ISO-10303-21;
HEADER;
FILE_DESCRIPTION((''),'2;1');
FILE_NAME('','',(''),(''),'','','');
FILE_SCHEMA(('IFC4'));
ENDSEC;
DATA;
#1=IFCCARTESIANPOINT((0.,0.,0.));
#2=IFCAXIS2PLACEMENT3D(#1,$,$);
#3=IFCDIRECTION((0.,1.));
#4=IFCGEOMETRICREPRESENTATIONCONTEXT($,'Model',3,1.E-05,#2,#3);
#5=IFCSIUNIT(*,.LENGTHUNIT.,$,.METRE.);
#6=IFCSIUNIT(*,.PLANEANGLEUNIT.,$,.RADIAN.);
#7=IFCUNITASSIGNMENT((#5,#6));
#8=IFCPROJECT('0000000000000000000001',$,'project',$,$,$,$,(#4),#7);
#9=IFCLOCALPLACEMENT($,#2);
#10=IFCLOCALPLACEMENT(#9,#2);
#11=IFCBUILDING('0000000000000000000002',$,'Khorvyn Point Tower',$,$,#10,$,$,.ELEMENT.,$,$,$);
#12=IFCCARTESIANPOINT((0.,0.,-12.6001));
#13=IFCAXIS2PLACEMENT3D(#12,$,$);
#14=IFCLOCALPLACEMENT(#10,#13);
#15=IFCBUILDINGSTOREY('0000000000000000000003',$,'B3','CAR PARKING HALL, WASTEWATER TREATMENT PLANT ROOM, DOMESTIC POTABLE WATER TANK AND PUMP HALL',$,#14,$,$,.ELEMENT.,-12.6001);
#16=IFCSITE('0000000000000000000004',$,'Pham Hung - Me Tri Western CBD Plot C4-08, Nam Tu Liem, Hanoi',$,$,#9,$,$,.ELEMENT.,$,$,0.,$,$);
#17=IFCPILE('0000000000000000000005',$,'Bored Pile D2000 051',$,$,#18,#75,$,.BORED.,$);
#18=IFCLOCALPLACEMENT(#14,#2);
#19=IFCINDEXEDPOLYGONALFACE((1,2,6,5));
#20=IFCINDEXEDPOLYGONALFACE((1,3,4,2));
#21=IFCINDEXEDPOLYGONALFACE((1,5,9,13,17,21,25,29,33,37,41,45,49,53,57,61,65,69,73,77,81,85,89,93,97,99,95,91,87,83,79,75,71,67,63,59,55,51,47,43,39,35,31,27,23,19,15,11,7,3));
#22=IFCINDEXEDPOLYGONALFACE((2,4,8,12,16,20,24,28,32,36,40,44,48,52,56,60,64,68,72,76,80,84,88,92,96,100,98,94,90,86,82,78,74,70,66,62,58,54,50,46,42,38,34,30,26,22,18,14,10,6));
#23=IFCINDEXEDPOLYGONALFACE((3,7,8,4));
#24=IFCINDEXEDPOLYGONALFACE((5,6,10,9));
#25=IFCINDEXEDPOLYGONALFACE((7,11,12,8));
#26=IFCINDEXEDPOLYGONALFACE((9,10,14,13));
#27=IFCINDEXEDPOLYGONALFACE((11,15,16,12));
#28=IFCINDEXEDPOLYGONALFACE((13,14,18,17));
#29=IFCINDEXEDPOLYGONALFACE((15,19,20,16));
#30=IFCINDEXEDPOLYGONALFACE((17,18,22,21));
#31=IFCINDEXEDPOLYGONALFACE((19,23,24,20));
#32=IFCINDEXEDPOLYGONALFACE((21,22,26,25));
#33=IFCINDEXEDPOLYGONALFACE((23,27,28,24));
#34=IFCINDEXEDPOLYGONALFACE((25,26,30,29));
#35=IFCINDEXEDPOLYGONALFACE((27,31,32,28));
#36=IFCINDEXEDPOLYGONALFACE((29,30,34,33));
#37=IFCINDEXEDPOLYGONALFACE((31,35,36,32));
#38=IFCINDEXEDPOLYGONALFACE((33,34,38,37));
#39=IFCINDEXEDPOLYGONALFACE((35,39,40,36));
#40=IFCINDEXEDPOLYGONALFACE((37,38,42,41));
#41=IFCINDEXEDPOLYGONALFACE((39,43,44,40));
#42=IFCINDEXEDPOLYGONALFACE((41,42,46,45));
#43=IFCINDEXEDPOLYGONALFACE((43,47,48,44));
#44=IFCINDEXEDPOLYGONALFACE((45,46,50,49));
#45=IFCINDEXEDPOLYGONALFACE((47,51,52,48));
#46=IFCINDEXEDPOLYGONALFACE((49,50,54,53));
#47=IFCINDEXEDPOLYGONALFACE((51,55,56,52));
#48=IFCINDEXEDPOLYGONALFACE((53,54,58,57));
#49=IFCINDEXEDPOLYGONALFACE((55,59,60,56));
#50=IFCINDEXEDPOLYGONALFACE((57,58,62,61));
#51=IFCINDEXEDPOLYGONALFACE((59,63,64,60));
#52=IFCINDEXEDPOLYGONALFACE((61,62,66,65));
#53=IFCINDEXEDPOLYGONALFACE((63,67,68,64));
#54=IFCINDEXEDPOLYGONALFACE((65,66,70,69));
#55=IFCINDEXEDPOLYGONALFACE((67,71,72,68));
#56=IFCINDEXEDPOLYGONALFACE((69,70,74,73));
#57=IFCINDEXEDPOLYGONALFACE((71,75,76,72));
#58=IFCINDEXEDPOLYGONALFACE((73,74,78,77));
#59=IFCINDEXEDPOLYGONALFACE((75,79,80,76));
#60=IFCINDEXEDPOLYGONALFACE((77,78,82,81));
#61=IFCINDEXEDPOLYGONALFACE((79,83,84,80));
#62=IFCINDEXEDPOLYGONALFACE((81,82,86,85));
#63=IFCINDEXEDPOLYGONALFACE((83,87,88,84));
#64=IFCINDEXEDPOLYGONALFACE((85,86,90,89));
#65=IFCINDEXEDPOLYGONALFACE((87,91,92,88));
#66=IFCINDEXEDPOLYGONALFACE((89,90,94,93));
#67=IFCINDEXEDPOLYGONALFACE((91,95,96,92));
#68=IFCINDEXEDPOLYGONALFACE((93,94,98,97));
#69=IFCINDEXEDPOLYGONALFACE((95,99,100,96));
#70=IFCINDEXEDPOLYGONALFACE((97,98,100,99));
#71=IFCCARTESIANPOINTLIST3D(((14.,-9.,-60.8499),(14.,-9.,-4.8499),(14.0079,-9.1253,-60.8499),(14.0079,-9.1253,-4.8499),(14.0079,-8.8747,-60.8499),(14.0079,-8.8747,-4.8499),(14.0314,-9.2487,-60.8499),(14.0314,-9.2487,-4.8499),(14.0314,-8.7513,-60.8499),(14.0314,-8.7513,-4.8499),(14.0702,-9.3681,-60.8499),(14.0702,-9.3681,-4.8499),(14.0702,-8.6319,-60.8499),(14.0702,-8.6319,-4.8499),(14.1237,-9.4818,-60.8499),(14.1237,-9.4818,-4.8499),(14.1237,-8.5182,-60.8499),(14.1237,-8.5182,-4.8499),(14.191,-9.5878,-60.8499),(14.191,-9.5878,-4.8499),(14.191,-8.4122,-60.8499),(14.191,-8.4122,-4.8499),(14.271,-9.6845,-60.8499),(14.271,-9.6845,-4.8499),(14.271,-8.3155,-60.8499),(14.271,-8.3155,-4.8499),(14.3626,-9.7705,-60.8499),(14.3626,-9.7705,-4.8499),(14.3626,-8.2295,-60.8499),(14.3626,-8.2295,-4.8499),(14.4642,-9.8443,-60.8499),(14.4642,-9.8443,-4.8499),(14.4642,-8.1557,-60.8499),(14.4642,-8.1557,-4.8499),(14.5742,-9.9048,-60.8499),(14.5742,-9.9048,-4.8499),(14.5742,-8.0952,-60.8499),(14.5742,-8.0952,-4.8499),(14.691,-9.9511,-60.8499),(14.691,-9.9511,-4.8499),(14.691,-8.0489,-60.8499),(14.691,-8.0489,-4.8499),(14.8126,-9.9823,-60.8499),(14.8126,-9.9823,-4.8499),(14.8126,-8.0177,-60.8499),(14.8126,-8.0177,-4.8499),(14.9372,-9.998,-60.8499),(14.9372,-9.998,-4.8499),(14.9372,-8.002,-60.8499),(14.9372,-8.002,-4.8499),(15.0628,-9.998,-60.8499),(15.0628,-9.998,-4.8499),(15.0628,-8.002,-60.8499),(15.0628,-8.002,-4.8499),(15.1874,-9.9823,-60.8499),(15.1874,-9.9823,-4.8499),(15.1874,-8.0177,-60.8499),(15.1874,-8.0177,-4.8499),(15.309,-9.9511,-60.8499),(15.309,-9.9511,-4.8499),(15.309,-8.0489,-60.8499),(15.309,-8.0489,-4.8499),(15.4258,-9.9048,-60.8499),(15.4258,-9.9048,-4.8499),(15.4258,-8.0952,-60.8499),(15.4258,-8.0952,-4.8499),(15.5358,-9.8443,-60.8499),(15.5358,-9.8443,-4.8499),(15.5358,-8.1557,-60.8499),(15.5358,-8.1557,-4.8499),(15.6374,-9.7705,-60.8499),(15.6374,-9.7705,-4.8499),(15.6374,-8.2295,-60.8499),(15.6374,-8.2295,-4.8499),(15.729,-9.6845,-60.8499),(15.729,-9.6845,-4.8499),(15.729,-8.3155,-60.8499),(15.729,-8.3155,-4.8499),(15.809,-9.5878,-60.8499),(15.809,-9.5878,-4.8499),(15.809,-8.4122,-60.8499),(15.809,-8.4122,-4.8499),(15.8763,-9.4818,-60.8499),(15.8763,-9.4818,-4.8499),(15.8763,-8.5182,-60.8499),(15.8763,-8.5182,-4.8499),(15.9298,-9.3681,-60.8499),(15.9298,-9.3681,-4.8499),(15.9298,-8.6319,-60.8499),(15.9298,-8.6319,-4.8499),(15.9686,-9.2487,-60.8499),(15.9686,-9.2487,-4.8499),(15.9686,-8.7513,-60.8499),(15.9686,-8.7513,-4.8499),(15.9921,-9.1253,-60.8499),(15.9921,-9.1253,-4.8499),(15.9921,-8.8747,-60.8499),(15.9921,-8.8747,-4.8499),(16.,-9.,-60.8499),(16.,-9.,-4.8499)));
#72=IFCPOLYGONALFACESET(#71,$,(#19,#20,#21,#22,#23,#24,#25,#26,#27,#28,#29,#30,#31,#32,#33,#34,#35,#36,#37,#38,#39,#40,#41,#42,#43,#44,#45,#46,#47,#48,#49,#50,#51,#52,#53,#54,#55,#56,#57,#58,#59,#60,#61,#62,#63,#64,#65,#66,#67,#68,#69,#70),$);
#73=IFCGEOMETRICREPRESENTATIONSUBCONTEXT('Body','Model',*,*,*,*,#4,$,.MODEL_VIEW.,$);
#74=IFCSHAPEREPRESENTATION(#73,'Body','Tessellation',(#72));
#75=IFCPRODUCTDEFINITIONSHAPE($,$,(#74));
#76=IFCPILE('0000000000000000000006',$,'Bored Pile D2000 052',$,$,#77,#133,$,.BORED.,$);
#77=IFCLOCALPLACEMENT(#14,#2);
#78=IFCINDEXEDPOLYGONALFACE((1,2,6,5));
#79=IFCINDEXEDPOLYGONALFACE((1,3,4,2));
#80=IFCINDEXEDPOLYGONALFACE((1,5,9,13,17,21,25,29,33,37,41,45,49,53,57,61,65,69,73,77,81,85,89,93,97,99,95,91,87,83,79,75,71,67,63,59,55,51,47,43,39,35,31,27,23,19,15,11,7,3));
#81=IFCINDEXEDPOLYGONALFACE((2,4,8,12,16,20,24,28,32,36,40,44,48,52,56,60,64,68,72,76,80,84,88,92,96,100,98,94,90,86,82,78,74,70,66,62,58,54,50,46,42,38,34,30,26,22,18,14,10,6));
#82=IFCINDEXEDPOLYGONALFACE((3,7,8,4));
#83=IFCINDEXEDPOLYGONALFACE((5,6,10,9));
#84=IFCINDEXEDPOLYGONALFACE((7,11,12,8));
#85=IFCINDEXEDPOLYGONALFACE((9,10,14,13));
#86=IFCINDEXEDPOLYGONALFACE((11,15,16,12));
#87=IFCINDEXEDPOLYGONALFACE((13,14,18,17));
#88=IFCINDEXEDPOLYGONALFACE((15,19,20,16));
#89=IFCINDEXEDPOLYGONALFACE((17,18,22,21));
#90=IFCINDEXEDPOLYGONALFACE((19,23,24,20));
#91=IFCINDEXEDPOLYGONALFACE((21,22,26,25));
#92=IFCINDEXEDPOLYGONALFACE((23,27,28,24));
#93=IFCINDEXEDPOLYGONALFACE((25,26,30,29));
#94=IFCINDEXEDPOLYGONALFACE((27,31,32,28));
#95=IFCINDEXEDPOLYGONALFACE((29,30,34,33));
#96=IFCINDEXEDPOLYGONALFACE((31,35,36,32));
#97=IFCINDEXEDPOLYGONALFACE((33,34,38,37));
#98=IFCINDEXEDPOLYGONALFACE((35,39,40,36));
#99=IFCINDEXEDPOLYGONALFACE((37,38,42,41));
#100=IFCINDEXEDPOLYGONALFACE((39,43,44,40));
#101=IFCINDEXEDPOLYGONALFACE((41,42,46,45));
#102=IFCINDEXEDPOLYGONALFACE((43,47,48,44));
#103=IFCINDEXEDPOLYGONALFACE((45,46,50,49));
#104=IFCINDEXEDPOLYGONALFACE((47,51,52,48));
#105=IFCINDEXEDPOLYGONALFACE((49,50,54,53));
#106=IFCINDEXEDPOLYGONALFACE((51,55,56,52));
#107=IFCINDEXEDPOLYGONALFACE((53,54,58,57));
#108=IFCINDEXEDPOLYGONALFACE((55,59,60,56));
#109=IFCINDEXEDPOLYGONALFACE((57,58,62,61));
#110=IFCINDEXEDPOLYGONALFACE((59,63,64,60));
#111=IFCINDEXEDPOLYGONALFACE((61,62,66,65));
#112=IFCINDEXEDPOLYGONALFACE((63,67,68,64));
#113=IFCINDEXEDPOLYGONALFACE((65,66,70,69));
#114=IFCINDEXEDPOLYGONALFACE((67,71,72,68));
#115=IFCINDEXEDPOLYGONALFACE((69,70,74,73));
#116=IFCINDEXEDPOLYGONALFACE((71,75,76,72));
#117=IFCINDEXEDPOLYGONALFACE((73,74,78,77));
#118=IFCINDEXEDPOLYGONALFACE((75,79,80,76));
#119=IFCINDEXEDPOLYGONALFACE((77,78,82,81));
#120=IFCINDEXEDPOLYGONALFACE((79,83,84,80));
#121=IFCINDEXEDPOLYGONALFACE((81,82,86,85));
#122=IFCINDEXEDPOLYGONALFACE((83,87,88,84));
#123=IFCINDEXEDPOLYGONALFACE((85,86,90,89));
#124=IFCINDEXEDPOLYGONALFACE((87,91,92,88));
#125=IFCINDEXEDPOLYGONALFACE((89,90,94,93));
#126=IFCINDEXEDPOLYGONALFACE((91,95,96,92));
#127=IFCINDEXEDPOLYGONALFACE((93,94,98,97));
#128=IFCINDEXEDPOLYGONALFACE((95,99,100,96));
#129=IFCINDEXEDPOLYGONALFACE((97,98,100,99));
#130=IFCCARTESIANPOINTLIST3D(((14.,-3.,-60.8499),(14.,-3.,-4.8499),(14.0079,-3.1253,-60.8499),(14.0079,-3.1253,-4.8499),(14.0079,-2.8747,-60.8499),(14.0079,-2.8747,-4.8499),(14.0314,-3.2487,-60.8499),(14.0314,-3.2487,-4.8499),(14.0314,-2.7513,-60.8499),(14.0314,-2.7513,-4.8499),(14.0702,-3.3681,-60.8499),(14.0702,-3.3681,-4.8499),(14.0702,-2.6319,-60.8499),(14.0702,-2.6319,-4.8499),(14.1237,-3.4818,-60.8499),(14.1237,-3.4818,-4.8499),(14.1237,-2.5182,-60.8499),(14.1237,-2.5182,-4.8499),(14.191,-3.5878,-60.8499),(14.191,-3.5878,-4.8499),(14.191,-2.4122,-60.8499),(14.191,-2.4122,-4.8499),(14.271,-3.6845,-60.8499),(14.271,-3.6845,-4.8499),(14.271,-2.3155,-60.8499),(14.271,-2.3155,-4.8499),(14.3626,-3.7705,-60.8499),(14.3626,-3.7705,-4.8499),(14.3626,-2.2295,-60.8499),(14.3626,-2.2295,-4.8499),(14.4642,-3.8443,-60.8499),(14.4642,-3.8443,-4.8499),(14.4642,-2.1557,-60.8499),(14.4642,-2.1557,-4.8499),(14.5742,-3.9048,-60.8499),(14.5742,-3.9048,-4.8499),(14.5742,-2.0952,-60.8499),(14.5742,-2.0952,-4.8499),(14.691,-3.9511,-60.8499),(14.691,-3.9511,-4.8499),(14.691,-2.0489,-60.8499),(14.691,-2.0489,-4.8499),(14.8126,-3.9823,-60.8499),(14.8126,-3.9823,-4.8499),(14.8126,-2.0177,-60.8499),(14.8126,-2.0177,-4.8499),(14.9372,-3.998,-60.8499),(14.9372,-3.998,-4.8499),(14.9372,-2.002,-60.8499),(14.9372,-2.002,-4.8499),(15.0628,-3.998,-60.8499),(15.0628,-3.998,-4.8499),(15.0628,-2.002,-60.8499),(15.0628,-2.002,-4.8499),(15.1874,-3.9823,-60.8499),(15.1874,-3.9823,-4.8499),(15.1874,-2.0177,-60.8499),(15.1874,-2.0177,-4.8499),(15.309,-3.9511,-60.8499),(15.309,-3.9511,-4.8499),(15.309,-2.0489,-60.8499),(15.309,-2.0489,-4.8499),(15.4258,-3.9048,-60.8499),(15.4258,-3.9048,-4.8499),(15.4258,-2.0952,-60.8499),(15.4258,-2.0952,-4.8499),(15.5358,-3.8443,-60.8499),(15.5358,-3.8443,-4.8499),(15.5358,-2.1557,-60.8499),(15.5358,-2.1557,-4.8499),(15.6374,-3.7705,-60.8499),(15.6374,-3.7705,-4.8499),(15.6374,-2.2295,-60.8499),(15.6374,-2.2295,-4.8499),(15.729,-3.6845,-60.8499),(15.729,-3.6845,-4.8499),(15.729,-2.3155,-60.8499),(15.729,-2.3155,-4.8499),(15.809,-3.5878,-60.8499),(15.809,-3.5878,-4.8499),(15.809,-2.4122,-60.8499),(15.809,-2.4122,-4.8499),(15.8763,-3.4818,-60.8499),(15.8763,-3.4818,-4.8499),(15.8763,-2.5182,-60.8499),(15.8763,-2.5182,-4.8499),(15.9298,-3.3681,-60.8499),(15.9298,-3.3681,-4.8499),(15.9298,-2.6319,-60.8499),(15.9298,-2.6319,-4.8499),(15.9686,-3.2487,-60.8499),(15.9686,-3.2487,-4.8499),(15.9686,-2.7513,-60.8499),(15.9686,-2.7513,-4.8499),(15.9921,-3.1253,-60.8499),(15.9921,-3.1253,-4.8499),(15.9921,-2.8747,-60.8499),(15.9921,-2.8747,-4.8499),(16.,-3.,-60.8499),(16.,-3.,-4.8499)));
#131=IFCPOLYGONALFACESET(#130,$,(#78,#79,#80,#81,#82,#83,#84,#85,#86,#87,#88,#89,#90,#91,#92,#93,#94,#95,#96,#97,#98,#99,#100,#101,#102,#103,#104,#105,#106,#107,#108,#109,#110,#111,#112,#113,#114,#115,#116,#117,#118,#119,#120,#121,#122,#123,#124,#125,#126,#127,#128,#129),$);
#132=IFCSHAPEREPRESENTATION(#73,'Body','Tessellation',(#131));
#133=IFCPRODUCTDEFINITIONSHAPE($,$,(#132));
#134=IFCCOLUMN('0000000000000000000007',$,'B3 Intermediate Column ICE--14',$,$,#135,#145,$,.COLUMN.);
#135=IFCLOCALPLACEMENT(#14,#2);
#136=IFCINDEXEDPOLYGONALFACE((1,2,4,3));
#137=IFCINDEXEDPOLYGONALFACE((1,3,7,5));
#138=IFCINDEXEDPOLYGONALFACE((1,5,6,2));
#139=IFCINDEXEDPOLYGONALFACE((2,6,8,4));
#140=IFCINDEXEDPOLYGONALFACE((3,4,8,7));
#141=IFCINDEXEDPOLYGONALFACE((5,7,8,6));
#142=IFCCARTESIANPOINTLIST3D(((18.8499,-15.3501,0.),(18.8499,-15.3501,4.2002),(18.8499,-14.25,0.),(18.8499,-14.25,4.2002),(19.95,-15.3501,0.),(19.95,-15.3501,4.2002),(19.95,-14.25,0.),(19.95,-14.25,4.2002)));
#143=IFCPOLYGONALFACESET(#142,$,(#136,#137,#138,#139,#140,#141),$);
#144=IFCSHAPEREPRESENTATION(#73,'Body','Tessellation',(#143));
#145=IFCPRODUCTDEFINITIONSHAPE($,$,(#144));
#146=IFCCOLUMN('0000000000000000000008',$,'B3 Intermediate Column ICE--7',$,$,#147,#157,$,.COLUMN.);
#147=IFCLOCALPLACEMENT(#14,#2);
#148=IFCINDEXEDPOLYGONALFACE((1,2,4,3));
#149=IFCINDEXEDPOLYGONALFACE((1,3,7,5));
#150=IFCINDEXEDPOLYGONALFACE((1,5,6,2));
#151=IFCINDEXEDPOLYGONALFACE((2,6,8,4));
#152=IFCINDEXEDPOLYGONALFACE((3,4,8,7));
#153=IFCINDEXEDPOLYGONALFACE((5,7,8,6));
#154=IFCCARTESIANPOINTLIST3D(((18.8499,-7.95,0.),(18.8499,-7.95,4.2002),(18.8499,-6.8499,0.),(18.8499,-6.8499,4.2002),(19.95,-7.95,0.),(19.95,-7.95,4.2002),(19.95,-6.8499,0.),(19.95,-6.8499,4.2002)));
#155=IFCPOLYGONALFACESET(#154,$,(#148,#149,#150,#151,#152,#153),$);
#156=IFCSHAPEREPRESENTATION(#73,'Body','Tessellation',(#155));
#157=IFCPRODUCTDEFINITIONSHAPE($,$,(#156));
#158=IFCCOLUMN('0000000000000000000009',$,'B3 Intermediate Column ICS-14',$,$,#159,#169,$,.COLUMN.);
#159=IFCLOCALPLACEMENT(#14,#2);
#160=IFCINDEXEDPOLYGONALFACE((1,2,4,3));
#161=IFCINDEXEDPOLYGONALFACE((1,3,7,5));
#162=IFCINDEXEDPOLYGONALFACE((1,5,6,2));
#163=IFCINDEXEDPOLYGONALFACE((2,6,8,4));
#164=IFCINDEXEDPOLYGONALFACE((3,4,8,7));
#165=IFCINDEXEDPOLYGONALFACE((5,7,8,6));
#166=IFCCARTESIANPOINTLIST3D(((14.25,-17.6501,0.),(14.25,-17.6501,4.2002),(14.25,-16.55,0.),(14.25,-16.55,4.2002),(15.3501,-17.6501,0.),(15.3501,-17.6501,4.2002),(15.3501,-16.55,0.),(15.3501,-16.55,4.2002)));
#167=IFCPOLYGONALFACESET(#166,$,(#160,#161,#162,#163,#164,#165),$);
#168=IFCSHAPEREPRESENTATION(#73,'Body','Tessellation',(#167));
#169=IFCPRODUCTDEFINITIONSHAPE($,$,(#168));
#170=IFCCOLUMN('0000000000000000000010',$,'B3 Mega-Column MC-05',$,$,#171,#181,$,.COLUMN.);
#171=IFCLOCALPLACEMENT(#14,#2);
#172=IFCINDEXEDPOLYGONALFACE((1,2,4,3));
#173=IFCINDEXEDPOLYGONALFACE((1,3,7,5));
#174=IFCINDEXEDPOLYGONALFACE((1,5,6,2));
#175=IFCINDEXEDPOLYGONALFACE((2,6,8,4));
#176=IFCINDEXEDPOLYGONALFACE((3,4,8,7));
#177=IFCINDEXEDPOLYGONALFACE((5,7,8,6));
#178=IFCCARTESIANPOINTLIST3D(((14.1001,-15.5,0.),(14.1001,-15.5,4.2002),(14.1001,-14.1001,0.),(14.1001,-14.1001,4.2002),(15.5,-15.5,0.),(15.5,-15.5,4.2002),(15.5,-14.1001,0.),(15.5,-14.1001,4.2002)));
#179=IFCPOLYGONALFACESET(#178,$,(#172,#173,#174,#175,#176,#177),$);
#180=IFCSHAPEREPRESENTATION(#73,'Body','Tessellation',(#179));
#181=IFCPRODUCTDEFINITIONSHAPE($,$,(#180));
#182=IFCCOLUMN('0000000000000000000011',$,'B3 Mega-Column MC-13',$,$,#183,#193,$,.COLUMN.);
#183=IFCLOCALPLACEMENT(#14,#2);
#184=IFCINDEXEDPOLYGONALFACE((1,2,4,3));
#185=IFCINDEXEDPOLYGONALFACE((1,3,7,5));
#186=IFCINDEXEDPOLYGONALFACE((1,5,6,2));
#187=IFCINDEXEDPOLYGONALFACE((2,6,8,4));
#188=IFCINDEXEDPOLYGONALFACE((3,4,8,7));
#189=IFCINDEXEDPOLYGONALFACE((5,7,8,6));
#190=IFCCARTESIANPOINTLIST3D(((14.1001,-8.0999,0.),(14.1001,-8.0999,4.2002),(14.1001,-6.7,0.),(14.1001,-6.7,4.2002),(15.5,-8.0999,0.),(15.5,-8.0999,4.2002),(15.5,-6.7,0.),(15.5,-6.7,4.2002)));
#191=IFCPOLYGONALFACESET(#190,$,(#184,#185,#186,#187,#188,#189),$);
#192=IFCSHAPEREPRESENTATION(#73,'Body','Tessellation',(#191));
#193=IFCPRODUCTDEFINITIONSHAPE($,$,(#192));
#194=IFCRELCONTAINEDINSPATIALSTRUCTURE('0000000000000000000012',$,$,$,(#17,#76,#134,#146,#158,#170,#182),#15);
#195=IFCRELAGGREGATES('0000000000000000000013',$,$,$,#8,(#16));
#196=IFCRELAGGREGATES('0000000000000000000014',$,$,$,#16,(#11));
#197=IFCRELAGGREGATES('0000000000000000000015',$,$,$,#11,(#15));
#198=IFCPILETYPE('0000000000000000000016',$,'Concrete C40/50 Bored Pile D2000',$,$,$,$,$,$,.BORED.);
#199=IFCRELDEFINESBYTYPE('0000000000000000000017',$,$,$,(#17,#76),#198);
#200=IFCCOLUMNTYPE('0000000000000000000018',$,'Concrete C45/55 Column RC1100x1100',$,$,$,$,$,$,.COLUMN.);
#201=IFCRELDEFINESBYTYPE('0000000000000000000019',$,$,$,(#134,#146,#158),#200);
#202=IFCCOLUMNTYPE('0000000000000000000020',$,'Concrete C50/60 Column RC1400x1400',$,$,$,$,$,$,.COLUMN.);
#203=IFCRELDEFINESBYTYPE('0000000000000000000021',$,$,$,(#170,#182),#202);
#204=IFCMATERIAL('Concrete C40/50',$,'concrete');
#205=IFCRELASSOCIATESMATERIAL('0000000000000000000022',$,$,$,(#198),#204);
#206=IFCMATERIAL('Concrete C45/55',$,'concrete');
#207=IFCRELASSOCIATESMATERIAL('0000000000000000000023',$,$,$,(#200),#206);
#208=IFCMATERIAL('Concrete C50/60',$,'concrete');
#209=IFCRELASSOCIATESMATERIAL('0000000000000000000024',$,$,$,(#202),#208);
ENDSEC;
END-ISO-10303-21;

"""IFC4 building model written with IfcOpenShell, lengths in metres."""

from ifc_helpers import new_model, si_unit, direction, frame, origin, origin_2d, place, context, subcontext, project, spatial, rectangle, circle, extrude, material, material_profile, profile_set, type_object, element, save


model = new_model("IFC4")

# Units and contexts
model_context = context("Model", 3, precision=1e-05, world=origin(), true_north=direction((0.0, 1.0)))
body_context = subcontext(model_context, "Body", "Model", "MODEL_VIEW")
ifc_project = project(units=[si_unit("LENGTHUNIT", "METRE"), si_unit("PLANEANGLEUNIT", "RADIAN")], contexts=[model_context])

# Site, building, storey
site_placement = place(None, origin())
site = spatial("IfcSite", under=ifc_project, at=site_placement, Name="Pham Hung - Me Tri Western CBD Plot C4-08, Nam Tu Liem, Hanoi", CompositionType="ELEMENT", RefElevation=0.0)
building_placement = place(site_placement, origin())
building = spatial("IfcBuilding", under=site, at=building_placement, Name="Khorvyn Point Tower", CompositionType="ELEMENT")
storey_placement = place(building_placement, frame((0.0, 0.0, -12.6001)))
storey = spatial("IfcBuildingStorey", under=building, at=storey_placement, Name="B3", Description="CAR PARKING HALL, WASTEWATER TREATMENT PLANT ROOM, DOMESTIC POTABLE WATER TANK AND PUMP HALL", CompositionType="ELEMENT", Elevation=-12.6001)

# Piles
ifc_material_1 = material(Name="Concrete C40/50", Category="concrete")
ifc_material_profile_1 = material_profile(ifc_material_1, circle(Radius=1.0, at=origin_2d()))
ifc_profile_set_1 = profile_set([ifc_material_profile_1], Name="Concrete C40/50 PILE-D2000")
pile_type_1 = type_object("IfcPileType", Name="Concrete C40/50 Bored Pile D2000", PredefinedType="BORED", material=ifc_profile_set_1)
for number, where, z_axis, x_axis, name in (
    (1, (15.0, -9.0, -4.8499), (0.0, 0.0, -1.0), (1.0, 0.0, 0.0), "Bored Pile D2000 051"),
    (2, (15.0, -3.0, -4.8499), (0.0, 0.0, -1.0), (1.0, 0.0, 0.0), "Bored Pile D2000 052"),
):
    element("IfcPile", number, at=place(storey_placement, frame(where, z_axis=z_axis, x_axis=x_axis)), inside=storey, type_object=pile_type_1, Name=name, PredefinedType="BORED", context=body_context, shape_type="SweptSolid", body=[
        extrude(circle(Radius=1.0, at=origin_2d()), origin(), (0.0, 0.0, 1.0), 56.0),
    ])

# Columns
ifc_material_2 = material(Name="Concrete C45/55", Category="concrete")
ifc_material_profile_2 = material_profile(ifc_material_2, rectangle(XDim=1.1001, YDim=1.1001, at=origin_2d()))
ifc_profile_set_2 = profile_set([ifc_material_profile_2], Name="Concrete C45/55 RC1100x1100")
column_type_1 = type_object("IfcColumnType", Name="Concrete C45/55 Column RC1100x1100", PredefinedType="COLUMN", material=ifc_profile_set_2)
for number, where, z_axis, x_axis, name in (
    (3, (19.3999, -14.8, 0.0), (0.0, 0.0, 1.0), (1.0, 0.0, 0.0), "B3 Intermediate Column ICE--14"),
    (4, (19.3999, -7.3999, 0.0), (0.0, 0.0, 1.0), (1.0, 0.0, 0.0), "B3 Intermediate Column ICE--7"),
    (5, (14.8, -17.1001, 0.0), (0.0, 0.0, 1.0), (1.0, 0.0, 0.0), "B3 Intermediate Column ICS-14"),
):
    element("IfcColumn", number, at=place(storey_placement, frame(where, z_axis=z_axis, x_axis=x_axis)), inside=storey, type_object=column_type_1, Name=name, PredefinedType="COLUMN", context=body_context, shape_type="SweptSolid", body=[
        extrude(rectangle(XDim=1.1001, YDim=1.1001, at=origin_2d()), origin(), (0.0, 0.0, 1.0), 4.2002),
    ])
ifc_material_3 = material(Name="Concrete C50/60", Category="concrete")
ifc_material_profile_3 = material_profile(ifc_material_3, rectangle(XDim=1.3999, YDim=1.3999, at=origin_2d()))
ifc_profile_set_3 = profile_set([ifc_material_profile_3], Name="Concrete C50/60 RC1400x1400")
column_type_2 = type_object("IfcColumnType", Name="Concrete C50/60 Column RC1400x1400", PredefinedType="COLUMN", material=ifc_profile_set_3)
for number, where, z_axis, x_axis, name in (
    (6, (14.8, -14.8, 0.0), (0.0, 0.0, 1.0), (1.0, 0.0, 0.0), "B3 Mega-Column MC-05"),
    (7, (14.8, -7.3999, 0.0), (0.0, 0.0, 1.0), (1.0, 0.0, 0.0), "B3 Mega-Column MC-13"),
):
    element("IfcColumn", number, at=place(storey_placement, frame(where, z_axis=z_axis, x_axis=x_axis)), inside=storey, type_object=column_type_2, Name=name, PredefinedType="COLUMN", context=body_context, shape_type="SweptSolid", body=[
        extrude(rectangle(XDim=1.3999, YDim=1.3999, at=origin_2d()), origin(), (0.0, 0.0, 1.0), 4.2002),
    ])

save(model, "model.ifc")
